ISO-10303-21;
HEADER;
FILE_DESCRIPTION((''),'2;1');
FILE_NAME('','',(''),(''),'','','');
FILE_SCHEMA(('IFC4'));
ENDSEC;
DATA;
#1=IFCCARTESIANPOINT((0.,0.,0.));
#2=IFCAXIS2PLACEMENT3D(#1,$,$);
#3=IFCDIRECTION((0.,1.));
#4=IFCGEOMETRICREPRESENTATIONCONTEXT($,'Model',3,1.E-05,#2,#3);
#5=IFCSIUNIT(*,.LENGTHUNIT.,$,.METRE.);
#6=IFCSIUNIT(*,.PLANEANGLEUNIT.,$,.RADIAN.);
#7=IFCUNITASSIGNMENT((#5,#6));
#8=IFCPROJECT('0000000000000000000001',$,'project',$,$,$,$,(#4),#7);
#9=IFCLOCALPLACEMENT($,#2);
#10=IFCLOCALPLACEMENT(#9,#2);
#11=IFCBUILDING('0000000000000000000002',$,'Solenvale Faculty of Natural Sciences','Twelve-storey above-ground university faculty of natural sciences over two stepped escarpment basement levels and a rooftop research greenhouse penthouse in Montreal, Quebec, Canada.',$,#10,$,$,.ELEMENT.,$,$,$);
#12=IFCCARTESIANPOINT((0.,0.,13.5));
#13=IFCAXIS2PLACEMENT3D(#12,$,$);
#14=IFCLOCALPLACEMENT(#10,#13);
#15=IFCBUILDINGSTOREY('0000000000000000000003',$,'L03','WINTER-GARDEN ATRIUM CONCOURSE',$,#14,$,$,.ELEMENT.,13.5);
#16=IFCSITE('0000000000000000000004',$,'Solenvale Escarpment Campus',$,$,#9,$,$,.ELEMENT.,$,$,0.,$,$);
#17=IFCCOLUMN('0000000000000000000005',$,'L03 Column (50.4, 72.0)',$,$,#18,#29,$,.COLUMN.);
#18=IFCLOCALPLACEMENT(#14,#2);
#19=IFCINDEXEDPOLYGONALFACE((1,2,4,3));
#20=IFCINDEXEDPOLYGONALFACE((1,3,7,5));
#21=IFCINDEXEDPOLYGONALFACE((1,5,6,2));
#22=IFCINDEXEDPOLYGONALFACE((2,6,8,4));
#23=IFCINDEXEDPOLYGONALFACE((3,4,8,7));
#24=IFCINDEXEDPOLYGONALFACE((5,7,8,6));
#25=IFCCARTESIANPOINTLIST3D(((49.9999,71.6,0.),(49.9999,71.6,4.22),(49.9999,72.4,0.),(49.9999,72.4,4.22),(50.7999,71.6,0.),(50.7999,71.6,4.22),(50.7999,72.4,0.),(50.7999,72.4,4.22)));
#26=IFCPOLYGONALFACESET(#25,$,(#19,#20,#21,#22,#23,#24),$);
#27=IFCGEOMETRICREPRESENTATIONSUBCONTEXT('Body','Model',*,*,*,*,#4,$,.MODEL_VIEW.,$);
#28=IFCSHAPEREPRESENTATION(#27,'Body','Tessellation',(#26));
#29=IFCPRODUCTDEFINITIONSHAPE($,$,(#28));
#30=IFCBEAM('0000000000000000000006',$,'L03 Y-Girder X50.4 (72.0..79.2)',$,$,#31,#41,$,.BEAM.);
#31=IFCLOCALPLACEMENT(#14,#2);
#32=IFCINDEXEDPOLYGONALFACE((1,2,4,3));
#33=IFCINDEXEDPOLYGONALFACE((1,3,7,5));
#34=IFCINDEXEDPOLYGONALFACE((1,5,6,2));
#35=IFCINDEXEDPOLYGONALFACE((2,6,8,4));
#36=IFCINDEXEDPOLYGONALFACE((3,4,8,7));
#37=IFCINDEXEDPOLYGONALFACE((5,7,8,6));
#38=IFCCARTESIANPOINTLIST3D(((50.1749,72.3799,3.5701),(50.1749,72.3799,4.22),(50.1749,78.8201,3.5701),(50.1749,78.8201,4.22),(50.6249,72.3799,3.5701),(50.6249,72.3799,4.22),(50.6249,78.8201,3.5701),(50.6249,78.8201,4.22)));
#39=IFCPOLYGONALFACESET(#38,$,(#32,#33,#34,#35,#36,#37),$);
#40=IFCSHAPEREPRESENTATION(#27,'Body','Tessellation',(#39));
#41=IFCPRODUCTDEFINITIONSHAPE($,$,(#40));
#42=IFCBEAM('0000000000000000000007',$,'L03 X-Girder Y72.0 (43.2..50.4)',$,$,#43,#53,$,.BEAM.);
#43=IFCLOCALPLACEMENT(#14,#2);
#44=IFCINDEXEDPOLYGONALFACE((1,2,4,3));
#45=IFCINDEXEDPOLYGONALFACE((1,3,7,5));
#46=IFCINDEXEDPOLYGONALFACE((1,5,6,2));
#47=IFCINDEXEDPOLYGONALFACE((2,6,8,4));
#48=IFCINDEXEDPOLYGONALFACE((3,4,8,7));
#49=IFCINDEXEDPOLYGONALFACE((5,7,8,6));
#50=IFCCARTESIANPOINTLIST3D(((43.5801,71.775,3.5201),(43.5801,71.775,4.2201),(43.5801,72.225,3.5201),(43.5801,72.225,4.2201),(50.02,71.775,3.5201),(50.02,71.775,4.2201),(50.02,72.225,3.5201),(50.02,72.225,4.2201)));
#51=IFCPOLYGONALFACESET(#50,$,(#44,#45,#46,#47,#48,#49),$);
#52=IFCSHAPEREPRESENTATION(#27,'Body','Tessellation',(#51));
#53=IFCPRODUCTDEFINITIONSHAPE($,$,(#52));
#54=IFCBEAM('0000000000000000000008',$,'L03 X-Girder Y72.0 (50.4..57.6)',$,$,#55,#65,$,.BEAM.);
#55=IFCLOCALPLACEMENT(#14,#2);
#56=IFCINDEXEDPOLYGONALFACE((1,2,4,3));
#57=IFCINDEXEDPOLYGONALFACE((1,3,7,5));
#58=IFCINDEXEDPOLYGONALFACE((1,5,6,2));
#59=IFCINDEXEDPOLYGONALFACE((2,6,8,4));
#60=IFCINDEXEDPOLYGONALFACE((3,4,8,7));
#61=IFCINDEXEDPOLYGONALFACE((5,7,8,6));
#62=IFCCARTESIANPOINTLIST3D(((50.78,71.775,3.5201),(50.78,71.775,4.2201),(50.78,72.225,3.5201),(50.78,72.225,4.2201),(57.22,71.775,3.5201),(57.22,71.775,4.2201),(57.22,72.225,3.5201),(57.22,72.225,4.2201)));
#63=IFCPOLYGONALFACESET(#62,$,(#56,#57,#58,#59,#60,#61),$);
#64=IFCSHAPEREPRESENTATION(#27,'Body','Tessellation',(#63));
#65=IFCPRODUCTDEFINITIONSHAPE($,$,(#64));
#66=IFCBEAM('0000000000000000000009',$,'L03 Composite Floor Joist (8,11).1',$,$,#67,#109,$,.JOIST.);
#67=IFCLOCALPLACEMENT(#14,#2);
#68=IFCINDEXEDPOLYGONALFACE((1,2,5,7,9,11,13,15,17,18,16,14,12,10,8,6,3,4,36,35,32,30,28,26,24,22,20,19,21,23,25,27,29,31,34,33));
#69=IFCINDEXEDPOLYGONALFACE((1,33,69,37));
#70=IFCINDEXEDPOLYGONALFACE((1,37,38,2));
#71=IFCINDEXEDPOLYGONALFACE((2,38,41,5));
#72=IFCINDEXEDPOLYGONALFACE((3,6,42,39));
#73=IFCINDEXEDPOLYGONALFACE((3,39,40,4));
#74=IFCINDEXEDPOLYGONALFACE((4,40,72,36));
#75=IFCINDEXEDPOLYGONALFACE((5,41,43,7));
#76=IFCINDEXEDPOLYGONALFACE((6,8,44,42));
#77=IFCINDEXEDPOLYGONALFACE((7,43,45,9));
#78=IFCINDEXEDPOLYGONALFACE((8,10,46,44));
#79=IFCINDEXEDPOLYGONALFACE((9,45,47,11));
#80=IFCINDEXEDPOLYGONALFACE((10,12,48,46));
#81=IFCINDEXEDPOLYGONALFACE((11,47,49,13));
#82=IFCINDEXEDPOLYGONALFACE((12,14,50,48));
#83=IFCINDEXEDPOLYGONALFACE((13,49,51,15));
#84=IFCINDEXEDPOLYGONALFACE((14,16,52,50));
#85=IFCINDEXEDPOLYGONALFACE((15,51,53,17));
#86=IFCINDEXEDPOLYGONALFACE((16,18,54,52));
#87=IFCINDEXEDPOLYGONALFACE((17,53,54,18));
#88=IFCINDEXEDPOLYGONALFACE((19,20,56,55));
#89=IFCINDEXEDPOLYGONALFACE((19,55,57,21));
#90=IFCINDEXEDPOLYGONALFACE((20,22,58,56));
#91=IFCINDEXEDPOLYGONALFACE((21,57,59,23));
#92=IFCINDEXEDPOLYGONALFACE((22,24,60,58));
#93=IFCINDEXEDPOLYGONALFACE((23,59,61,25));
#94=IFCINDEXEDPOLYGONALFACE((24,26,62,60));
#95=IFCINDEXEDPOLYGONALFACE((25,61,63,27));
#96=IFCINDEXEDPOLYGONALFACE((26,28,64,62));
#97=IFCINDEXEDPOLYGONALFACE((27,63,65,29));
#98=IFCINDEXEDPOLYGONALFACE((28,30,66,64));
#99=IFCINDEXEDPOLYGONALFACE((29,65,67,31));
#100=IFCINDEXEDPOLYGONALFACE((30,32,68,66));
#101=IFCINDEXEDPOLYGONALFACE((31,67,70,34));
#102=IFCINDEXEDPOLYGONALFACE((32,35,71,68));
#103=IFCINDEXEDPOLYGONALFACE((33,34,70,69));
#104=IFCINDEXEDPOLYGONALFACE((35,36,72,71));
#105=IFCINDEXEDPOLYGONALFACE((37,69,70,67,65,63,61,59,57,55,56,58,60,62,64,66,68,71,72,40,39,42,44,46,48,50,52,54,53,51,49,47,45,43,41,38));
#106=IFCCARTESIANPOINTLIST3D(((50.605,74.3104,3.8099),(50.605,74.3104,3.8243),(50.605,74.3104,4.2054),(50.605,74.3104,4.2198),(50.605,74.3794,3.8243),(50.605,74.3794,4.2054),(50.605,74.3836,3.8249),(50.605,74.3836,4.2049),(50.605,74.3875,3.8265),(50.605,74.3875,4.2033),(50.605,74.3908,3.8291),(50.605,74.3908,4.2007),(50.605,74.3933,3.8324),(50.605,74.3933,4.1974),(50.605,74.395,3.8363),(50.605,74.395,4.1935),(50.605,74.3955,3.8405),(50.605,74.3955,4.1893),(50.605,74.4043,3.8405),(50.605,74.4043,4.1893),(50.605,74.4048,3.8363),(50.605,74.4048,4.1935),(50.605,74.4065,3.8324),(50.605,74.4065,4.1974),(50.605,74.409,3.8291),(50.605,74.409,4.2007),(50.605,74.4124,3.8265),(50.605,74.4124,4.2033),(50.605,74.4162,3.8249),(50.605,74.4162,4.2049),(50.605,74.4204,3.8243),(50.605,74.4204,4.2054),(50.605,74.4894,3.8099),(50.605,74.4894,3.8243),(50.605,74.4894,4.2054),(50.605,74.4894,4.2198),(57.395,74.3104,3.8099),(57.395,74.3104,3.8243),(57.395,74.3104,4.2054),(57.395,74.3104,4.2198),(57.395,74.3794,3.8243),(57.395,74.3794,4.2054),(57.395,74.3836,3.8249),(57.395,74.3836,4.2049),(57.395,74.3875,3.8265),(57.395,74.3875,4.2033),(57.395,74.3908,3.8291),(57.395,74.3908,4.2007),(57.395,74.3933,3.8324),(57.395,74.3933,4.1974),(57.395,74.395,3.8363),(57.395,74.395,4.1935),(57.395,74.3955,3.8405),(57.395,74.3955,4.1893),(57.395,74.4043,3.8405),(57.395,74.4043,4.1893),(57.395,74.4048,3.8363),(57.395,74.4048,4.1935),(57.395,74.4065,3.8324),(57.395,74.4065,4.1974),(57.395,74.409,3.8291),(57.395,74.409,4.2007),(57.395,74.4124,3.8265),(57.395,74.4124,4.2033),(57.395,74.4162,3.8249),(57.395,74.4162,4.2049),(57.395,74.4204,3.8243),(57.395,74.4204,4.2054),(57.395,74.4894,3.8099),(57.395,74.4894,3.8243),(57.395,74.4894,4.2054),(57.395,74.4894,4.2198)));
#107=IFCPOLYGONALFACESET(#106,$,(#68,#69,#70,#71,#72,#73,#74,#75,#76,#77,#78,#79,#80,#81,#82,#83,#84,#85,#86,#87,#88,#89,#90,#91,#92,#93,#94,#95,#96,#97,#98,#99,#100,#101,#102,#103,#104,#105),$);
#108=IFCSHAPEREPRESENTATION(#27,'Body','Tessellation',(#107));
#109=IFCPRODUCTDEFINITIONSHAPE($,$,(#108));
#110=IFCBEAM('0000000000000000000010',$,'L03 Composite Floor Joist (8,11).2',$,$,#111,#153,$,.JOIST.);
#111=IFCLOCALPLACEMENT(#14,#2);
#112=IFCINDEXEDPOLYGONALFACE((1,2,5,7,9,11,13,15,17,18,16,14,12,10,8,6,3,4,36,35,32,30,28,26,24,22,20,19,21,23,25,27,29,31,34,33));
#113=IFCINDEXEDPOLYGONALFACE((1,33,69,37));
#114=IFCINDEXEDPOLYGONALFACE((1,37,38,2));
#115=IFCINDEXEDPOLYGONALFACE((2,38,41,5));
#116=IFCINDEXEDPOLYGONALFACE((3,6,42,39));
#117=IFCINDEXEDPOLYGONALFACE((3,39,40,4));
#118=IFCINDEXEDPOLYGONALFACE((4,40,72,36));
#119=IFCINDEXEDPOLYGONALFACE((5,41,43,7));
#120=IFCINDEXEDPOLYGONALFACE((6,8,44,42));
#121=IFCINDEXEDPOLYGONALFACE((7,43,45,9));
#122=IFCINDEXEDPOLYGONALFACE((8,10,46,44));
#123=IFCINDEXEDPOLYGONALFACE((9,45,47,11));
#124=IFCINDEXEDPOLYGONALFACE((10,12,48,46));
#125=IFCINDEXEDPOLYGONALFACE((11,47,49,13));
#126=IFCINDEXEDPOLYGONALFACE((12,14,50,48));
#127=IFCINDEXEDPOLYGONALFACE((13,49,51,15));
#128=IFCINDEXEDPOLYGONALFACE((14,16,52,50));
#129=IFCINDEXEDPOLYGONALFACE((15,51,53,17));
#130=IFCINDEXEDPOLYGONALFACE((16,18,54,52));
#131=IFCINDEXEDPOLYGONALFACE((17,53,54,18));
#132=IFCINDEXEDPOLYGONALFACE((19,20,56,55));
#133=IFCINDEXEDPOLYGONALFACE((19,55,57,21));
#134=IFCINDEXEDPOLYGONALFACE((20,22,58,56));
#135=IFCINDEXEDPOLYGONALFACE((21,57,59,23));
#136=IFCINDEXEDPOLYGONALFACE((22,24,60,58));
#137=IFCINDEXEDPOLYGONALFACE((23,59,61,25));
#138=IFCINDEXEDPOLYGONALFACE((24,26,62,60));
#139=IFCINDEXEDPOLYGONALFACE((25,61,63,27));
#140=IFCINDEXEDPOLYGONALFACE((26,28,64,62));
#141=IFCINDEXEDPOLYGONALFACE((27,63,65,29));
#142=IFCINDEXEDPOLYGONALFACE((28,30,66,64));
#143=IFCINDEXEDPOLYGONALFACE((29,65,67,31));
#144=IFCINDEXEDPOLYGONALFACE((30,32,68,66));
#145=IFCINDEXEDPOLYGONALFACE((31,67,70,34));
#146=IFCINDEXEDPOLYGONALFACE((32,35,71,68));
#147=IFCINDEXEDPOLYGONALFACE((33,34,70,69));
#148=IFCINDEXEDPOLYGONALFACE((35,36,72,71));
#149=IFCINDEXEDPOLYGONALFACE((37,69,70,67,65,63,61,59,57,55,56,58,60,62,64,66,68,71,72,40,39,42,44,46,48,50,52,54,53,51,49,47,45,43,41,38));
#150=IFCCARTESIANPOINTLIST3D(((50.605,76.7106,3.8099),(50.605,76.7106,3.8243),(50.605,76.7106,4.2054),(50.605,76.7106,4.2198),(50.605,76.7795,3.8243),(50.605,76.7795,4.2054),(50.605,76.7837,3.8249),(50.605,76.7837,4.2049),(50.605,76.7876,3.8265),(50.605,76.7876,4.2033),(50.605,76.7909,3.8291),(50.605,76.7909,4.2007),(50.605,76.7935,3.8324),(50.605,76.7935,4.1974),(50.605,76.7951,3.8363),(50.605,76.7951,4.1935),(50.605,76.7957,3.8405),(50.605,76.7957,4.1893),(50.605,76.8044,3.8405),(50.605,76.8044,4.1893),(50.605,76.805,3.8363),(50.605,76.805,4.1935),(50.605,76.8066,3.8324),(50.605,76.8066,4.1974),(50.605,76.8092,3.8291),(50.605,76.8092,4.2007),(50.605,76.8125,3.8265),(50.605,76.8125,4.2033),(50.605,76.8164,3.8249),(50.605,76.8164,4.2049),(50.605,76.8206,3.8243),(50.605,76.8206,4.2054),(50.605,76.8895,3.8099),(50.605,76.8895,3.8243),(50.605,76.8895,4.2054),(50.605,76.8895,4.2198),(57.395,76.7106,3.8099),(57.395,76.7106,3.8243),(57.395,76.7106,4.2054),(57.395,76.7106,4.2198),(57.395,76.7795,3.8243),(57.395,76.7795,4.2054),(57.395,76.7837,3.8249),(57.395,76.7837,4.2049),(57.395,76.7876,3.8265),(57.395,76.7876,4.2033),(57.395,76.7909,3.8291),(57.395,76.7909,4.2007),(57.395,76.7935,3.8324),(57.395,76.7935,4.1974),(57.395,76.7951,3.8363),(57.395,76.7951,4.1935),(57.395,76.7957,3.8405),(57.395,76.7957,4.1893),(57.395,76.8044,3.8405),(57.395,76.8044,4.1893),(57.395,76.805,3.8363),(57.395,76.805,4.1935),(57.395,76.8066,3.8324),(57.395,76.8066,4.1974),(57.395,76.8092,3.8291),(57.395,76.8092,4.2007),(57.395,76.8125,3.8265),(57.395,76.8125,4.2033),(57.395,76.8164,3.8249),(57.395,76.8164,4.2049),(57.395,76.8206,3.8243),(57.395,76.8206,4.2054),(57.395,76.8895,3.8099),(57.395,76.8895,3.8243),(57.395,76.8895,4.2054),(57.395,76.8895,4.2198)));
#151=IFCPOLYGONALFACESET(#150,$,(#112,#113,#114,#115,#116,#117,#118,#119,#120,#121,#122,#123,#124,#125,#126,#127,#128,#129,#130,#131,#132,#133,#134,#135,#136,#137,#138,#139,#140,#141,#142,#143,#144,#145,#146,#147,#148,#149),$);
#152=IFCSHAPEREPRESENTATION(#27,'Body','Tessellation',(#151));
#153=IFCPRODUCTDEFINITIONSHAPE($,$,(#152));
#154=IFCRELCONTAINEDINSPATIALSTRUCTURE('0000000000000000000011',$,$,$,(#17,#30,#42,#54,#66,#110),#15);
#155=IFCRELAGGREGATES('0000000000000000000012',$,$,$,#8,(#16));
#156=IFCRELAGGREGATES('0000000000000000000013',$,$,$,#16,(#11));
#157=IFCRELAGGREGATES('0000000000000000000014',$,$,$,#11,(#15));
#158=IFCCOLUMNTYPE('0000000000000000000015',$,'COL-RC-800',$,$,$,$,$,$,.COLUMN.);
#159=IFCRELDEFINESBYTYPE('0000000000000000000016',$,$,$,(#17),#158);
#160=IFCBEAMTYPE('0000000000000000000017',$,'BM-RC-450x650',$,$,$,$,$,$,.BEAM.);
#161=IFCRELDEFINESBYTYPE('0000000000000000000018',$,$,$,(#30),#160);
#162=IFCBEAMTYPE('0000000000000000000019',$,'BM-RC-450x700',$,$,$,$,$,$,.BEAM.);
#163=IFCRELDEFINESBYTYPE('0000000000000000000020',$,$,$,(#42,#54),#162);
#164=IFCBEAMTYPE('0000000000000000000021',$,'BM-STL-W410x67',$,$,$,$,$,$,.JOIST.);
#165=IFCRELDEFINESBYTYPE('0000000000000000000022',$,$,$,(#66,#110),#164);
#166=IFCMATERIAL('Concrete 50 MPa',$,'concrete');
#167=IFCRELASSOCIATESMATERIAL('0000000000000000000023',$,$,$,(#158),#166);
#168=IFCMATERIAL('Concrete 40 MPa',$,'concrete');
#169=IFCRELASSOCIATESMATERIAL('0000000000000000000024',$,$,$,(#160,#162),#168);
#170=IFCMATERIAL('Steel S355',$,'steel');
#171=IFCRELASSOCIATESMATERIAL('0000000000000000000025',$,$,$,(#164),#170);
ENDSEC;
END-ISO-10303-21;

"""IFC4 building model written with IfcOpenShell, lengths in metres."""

from ifc_helpers import new_model, si_unit, direction, frame, origin, origin_2d, place, context, subcontext, project, spatial, rectangle, i_section, extrude, material, material_profile, profile_set, type_object, element, save


model = new_model("IFC4")

# Units and contexts
model_context = context("Model", 3, precision=1e-05, world=origin(), true_north=direction((0.0, 1.0)))
body_context = subcontext(model_context, "Body", "Model", "MODEL_VIEW")
ifc_project = project(units=[si_unit("LENGTHUNIT", "METRE"), si_unit("PLANEANGLEUNIT", "RADIAN")], contexts=[model_context])

# Site, building, storey
site_placement = place(None, origin())
site = spatial("IfcSite", under=ifc_project, at=site_placement, Name="Solenvale Escarpment Campus", CompositionType="ELEMENT", RefElevation=0.0)
building_placement = place(site_placement, origin())
building = spatial("IfcBuilding", under=site, at=building_placement, Name="Solenvale Faculty of Natural Sciences", Description="Twelve-storey above-ground university faculty of natural sciences over two stepped escarpment basement levels and a rooftop research greenhouse penthouse in Montreal, Quebec, Canada.", CompositionType="ELEMENT")
storey_placement = place(building_placement, frame((0.0, 0.0, 13.5)))
storey = spatial("IfcBuildingStorey", under=building, at=storey_placement, Name="L03", Description="WINTER-GARDEN ATRIUM CONCOURSE", CompositionType="ELEMENT", Elevation=13.5)

# Column
ifc_material_1 = material(Name="Concrete 50 MPa", Category="concrete")
ifc_material_profile_1 = material_profile(ifc_material_1, rectangle(XDim=0.8, YDim=0.8, at=origin_2d()), Name="RC-COL-800x800")
ifc_profile_set_1 = profile_set([ifc_material_profile_1], Name="Concrete 50 MPa")
column_type = type_object("IfcColumnType", Name="COL-RC-800", PredefinedType="COLUMN", material=ifc_profile_set_1)
column_placement = place(storey_placement, frame((50.3999, 72.0, 0.0), z_axis=(0.0, 0.0, 1.0), x_axis=(1.0, 0.0, 0.0)))
element("IfcColumn", 1, at=column_placement, inside=storey, type_object=column_type, Name="L03 Column (50.4, 72.0)", PredefinedType="COLUMN", context=body_context, shape_type="SweptSolid", body=[
    extrude(rectangle(XDim=0.8, YDim=0.8, at=origin_2d()), origin(), (0.0, 0.0, 1.0), 4.22),
])

# Beams
ifc_material_2 = material(Name="Concrete 40 MPa", Category="concrete")
ifc_material_profile_2 = material_profile(ifc_material_2, rectangle(XDim=0.45, YDim=0.6499, at=origin_2d()), Name="RC-BM-450x650")
ifc_profile_set_2 = profile_set([ifc_material_profile_2], Name="Concrete 40 MPa")
beam_type_1 = type_object("IfcBeamType", Name="BM-RC-450x650", PredefinedType="BEAM", material=ifc_profile_set_2)
beam_1_placement = place(storey_placement, frame((50.3999, 72.3799, 3.895), z_axis=(0.0, 1.0, 0.0), x_axis=(-1.0, 0.0, 0.0)))
element("IfcBeam", 2, at=beam_1_placement, inside=storey, type_object=beam_type_1, Name="L03 Y-Girder X50.4 (72.0..79.2)", PredefinedType="BEAM", context=body_context, shape_type="SweptSolid", body=[
    extrude(rectangle(XDim=0.45, YDim=0.6499, at=origin_2d()), origin(), (0.0, 0.0, 1.0), 6.4402),
])
ifc_material_profile_3 = material_profile(ifc_material_2, rectangle(XDim=0.45, YDim=0.7, at=origin_2d()), Name="RC-BM-450x700")
ifc_profile_set_3 = profile_set([ifc_material_profile_3], Name="Concrete 40 MPa")
beam_type_2 = type_object("IfcBeamType", Name="BM-RC-450x700", PredefinedType="BEAM", material=ifc_profile_set_3)
for number, where, z_axis, x_axis, name in (
    (3, (43.5801, 72.0, 3.8701), (1.0, 0.0, 0.0), (0.0, 1.0, 0.0), "L03 X-Girder Y72.0 (43.2..50.4)"),
    (4, (50.78, 72.0, 3.8701), (1.0, 0.0, 0.0), (0.0, 1.0, 0.0), "L03 X-Girder Y72.0 (50.4..57.6)"),
):
    element("IfcBeam", number, at=place(storey_placement, frame(where, z_axis=z_axis, x_axis=x_axis)), inside=storey, type_object=beam_type_2, Name=name, PredefinedType="BEAM", context=body_context, shape_type="SweptSolid", body=[
        extrude(rectangle(XDim=0.45, YDim=0.7, at=origin_2d()), origin(), (0.0, 0.0, 1.0), 6.4399),
    ])
ifc_material_3 = material(Name="Steel S355", Category="steel")
ifc_material_profile_4 = material_profile(ifc_material_3, i_section(OverallWidth=0.179, OverallDepth=0.4099, WebThickness=0.0088, FlangeThickness=0.0144, FilletRadius=0.0161, at=origin_2d()), Name="W410x67")
ifc_profile_set_4 = profile_set([ifc_material_profile_4], Name="Steel S355")
beam_type_3 = type_object("IfcBeamType", Name="BM-STL-W410x67", PredefinedType="JOIST", material=ifc_profile_set_4)
for number, where, z_axis, x_axis, name in (
    (5, (50.605, 74.3999, 4.0149), (1.0, 0.0, 0.0), (0.0, 1.0, 0.0), "L03 Composite Floor Joist (8,11).1"),
    (6, (50.605, 76.8, 4.0149), (1.0, 0.0, 0.0), (0.0, 1.0, 0.0), "L03 Composite Floor Joist (8,11).2"),
):
    element("IfcBeam", number, at=place(storey_placement, frame(where, z_axis=z_axis, x_axis=x_axis)), inside=storey, type_object=beam_type_3, Name=name, PredefinedType="JOIST", context=body_context, shape_type="SweptSolid", body=[
        extrude(i_section(OverallWidth=0.179, OverallDepth=0.4099, WebThickness=0.0088, FlangeThickness=0.0144, FilletRadius=0.0161, at=origin_2d()), origin(), (0.0, 0.0, 1.0), 6.79),
    ])

save(model, "model.ifc")
